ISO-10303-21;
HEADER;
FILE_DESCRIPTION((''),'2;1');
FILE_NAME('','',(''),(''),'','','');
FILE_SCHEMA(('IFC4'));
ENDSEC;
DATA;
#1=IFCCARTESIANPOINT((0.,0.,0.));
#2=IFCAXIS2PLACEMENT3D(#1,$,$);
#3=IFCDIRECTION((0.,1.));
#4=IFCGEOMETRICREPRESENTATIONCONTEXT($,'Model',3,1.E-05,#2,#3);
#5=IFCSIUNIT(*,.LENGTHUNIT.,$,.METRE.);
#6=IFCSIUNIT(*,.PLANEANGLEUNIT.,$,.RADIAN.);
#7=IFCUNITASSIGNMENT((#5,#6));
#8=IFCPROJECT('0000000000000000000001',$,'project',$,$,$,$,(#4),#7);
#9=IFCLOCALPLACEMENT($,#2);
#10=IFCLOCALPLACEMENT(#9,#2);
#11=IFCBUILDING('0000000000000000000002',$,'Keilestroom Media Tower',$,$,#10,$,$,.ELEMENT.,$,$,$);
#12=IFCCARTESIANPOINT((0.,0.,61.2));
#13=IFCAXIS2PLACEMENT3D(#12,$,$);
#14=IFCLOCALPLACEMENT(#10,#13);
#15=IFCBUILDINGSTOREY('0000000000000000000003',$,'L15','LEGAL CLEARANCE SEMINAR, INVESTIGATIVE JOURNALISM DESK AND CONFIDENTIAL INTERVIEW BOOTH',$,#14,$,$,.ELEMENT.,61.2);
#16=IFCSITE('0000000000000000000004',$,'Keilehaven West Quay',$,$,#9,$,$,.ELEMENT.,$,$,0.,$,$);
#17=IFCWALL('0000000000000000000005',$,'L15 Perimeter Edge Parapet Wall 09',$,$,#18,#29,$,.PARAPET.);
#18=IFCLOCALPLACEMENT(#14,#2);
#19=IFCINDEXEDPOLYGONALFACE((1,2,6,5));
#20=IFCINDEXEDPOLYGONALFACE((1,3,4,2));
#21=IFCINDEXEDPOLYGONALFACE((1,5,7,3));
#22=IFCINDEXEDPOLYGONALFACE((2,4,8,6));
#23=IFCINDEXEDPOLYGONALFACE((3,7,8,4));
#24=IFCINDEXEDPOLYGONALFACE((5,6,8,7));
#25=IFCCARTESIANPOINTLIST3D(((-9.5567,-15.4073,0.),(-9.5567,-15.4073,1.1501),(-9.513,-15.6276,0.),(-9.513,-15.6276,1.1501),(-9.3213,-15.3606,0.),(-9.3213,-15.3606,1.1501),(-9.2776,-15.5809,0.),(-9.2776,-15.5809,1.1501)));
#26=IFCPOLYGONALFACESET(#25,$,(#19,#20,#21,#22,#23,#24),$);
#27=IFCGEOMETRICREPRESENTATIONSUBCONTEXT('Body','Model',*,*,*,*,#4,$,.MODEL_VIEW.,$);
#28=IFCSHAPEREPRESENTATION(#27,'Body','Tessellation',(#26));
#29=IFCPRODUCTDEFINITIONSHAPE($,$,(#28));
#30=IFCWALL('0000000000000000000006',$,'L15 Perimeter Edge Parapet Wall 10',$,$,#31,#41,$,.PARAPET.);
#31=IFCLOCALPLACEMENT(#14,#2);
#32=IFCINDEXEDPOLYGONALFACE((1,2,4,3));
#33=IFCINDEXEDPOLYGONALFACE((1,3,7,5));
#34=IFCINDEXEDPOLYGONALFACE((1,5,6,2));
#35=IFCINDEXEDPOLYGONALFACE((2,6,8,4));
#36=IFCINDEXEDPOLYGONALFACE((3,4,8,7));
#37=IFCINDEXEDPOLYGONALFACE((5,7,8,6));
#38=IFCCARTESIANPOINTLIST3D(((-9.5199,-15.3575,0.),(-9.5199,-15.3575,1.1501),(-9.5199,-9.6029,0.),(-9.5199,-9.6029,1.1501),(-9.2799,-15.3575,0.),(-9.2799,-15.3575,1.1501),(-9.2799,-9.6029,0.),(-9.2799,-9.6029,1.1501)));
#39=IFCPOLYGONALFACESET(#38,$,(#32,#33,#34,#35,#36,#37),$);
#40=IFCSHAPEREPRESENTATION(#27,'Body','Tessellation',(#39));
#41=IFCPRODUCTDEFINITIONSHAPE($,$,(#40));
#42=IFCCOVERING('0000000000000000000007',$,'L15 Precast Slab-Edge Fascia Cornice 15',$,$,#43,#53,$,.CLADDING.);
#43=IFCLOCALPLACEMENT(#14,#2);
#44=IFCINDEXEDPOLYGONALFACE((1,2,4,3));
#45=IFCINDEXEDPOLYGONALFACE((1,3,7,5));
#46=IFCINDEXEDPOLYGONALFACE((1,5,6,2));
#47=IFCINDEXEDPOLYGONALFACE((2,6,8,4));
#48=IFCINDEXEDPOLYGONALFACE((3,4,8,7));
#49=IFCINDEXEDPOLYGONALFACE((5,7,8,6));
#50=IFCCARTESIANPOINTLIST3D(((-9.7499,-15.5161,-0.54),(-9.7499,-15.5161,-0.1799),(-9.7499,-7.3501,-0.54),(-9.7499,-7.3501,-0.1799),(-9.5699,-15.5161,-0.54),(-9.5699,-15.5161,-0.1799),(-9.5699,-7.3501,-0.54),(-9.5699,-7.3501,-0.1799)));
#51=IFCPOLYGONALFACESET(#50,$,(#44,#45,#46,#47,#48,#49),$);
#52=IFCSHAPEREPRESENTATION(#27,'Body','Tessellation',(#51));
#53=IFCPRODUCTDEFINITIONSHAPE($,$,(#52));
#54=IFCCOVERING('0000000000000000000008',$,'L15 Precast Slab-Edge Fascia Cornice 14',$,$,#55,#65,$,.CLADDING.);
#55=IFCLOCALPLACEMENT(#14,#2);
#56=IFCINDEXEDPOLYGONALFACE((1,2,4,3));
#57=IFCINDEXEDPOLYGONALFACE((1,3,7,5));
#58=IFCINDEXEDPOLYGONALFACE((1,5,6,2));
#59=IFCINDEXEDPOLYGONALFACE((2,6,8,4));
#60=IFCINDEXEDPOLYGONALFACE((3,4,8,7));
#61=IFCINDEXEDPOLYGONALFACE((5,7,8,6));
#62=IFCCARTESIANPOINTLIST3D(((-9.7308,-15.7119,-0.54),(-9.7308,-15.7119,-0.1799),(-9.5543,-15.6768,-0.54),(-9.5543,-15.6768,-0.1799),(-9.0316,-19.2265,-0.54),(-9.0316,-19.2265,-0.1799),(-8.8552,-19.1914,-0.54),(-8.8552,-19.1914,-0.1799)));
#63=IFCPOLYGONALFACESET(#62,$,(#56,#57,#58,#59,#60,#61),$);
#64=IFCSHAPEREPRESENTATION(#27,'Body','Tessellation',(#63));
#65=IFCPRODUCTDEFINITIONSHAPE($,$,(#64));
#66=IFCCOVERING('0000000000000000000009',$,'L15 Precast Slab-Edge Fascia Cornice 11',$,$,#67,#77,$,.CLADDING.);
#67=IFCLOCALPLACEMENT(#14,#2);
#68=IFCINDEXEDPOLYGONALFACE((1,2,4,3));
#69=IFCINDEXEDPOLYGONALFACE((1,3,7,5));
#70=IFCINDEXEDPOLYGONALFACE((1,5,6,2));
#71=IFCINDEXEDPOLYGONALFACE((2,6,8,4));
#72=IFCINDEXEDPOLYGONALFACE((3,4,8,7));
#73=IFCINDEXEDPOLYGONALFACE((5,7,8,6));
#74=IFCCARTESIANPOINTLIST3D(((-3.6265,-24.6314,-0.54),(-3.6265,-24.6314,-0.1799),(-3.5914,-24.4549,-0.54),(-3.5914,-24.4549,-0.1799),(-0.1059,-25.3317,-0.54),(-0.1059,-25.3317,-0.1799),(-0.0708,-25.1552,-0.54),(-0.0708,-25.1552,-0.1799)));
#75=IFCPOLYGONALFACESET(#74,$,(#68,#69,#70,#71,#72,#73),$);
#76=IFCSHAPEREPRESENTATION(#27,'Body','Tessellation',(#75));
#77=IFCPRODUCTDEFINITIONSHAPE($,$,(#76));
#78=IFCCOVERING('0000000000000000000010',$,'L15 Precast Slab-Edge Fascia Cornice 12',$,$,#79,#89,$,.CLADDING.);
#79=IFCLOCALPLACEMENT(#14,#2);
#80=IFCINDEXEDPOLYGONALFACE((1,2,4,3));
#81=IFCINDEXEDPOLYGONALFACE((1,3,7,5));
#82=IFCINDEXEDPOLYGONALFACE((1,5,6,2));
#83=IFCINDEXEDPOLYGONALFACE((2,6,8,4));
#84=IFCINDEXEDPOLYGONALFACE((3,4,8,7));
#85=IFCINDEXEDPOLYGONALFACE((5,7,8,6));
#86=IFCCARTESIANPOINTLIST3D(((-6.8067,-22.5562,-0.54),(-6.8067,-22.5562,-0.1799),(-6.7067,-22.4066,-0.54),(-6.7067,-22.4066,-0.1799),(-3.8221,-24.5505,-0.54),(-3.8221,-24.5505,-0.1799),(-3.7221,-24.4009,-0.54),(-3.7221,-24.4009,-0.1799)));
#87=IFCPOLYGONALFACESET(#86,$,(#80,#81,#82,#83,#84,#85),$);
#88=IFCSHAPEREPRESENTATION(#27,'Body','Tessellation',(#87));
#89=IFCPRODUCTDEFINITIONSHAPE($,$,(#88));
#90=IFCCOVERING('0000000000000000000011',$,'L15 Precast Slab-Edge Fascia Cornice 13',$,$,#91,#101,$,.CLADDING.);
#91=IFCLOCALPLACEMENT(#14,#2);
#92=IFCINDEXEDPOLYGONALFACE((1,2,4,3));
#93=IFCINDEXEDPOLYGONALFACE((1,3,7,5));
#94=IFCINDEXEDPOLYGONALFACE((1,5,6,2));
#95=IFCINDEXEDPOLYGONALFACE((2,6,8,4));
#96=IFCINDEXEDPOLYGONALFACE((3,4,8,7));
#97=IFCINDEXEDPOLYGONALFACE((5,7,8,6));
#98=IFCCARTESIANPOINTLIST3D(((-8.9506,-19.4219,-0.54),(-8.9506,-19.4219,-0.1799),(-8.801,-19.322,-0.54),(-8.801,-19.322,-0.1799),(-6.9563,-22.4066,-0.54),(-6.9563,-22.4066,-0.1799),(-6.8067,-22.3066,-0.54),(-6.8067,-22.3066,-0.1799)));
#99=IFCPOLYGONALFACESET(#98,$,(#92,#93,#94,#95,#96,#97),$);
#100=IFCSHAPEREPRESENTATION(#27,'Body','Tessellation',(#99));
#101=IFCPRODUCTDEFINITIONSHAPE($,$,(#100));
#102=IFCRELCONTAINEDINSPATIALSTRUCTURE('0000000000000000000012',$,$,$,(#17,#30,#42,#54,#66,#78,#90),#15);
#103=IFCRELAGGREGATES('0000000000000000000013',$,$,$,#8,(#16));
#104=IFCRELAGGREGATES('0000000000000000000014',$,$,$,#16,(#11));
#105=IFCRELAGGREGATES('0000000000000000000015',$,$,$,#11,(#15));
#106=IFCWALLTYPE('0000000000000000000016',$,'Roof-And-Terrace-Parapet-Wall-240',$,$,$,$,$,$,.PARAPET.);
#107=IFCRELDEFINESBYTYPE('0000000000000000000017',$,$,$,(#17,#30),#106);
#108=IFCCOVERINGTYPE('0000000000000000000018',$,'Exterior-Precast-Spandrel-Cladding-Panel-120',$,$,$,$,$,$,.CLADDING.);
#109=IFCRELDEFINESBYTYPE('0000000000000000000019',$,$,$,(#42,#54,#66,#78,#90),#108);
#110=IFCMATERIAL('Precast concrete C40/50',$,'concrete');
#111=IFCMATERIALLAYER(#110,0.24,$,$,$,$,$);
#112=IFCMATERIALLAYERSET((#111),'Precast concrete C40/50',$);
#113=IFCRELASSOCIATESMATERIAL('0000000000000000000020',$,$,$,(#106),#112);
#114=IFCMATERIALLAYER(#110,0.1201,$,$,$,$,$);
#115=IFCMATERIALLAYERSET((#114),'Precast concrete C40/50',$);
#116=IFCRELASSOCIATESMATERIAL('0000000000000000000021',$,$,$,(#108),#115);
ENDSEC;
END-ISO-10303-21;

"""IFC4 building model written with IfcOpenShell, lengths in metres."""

from ifc_helpers import new_model, si_unit, direction, frame, frame_2d, origin, origin_2d, place, context, subcontext, project, spatial, rectangle, extrude, source, transform, mapped, material, layer, layer_set, type_object, element, save


model = new_model("IFC4")

# Units and contexts
model_context = context("Model", 3, precision=1e-05, world=origin(), true_north=direction((0.0, 1.0)))
body_context = subcontext(model_context, "Body", "Model", "MODEL_VIEW")
ifc_project = project(units=[si_unit("LENGTHUNIT", "METRE"), si_unit("PLANEANGLEUNIT", "RADIAN")], contexts=[model_context])

# Site, building, storey
site_placement = place(None, origin())
site = spatial("IfcSite", under=ifc_project, at=site_placement, Name="Keilehaven West Quay", CompositionType="ELEMENT", RefElevation=0.0)
building_placement = place(site_placement, origin())
building = spatial("IfcBuilding", under=site, at=building_placement, Name="Keilestroom Media Tower", CompositionType="ELEMENT")
storey_placement = place(building_placement, frame((0.0, 0.0, 61.2)))
storey = spatial("IfcBuildingStorey", under=building, at=storey_placement, Name="L15", Description="LEGAL CLEARANCE SEMINAR, INVESTIGATIVE JOURNALISM DESK AND CONFIDENTIAL INTERVIEW BOOTH", CompositionType="ELEMENT", Elevation=61.2)

# Walls
ifc_material_1 = material(Name="Precast concrete C40/50", Category="concrete")
ifc_layer_1 = layer(ifc_material_1, 0.24)
ifc_layer_set_1 = layer_set([ifc_layer_1], Name="Precast concrete C40/50")
wall_type_1 = type_object("IfcWallType", Name="Roof-And-Terrace-Parapet-Wall-240", PredefinedType="PARAPET", material=ifc_layer_set_1)
wall_1_placement = place(storey_placement, frame((-9.3953, -15.6042, 0.0), z_axis=(0.0, 0.0, 1.0), x_axis=(-0.194652, 0.980872, 0.0)))
element("IfcWall", 1, at=wall_1_placement, inside=storey, type_object=wall_type_1, Name="L15 Perimeter Edge Parapet Wall 09", PredefinedType="PARAPET", context=body_context, shape_type="SweptSolid", body=[
    extrude(rectangle(XDim=0.2246, YDim=0.24, at=frame_2d((0.1123, 0.0))), origin(), (0.0, 0.0, 1.0), 1.1501),
])
wall_2_placement = place(storey_placement, frame((-9.3999, -15.3577, 0.0), z_axis=(0.0, 0.0, 1.0), x_axis=(0.0, 1.0, 0.0)))
element("IfcWall", 2, at=wall_2_placement, inside=storey, type_object=wall_type_1, Name="L15 Perimeter Edge Parapet Wall 10", PredefinedType="PARAPET", context=body_context, shape_type="SweptSolid", body=[
    extrude(rectangle(XDim=5.7546, YDim=0.24, at=frame_2d((2.8774, 0.0))), origin(), (0.0, 0.0, 1.0), 1.1501),
])

# Coverings
ifc_layer_2 = layer(ifc_material_1, 0.1201)
ifc_layer_set_2 = layer_set([ifc_layer_2], Name="Precast concrete C40/50")
covering_type = type_object("IfcCoveringType", Name="Exterior-Precast-Spandrel-Cladding-Panel-120", PredefinedType="CLADDING", material=ifc_layer_set_2)
shared_shape_1 = source(origin(), body_context, "Body", "SweptSolid", [
    extrude(rectangle(XDim=8.166, YDim=0.1799, at=origin_2d()), origin(), (0.0, 0.0, 1.0), 0.3601),
])
covering_1_placement = place(storey_placement, frame((-9.6599, -11.4331, -0.54), z_axis=(0.0, 0.0, 1.0), x_axis=(0.0, 1.0, 0.0)))
element("IfcCovering", 3, at=covering_1_placement, inside=storey, type_object=covering_type, Name="L15 Precast Slab-Edge Fascia Cornice 15", PredefinedType="CLADDING", context=body_context, shape_type="MappedRepresentation", body=[
    mapped(shared_shape_1, transform((0.0, 0.0, 0.0), x_axis=(1.0, 0.0, 0.0), y_axis=(0.0, 1.0, 0.0), z_axis=(0.0, 0.0, 1.0), scale=1.0)),
])
shared_shape_2 = source(origin(), body_context, "Body", "SweptSolid", [
    extrude(rectangle(XDim=3.5835, YDim=0.1799, at=origin_2d()), origin(), (0.0, 0.0, 1.0), 0.3601),
])
covering_2_placement = place(storey_placement, frame((-9.293, -17.4517, -0.54), z_axis=(0.0, 0.0, 1.0), x_axis=(-0.195099, 0.980784, 0.0)))
element("IfcCovering", 4, at=covering_2_placement, inside=storey, type_object=covering_type, Name="L15 Precast Slab-Edge Fascia Cornice 14", PredefinedType="CLADDING", context=body_context, shape_type="MappedRepresentation", body=[
    mapped(shared_shape_2, transform((0.0, 0.0, 0.0), x_axis=(1.0, 0.0, 0.0), y_axis=(0.0, 1.0, 0.0), z_axis=(0.0, 0.0, 1.0), scale=1.0)),
])
shared_shape_3 = source(origin(), body_context, "Body", "SweptSolid", [
    extrude(rectangle(XDim=3.5896, YDim=0.1799, at=origin_2d()), origin(), (0.0, 0.0, 1.0), 0.3601),
])
for number, where, z_axis, x_axis, name in (
    (5, (-1.8486, -24.8933, -0.54), (0.0, 0.0, 1.0), (-0.980784, 0.195099, 0.0), "L15 Precast Slab-Edge Fascia Cornice 11"),
    (6, (-5.2644, -23.4785, -0.54), (0.0, 0.0, 1.0), (-0.831467, 0.555575, 0.0), "L15 Precast Slab-Edge Fascia Cornice 12"),
    (7, (-7.8787, -20.8643, -0.54), (0.0, 0.0, 1.0), (-0.555575, 0.831467, 0.0), "L15 Precast Slab-Edge Fascia Cornice 13"),
):
    element("IfcCovering", number, at=place(storey_placement, frame(where, z_axis=z_axis, x_axis=x_axis)), inside=storey, type_object=covering_type, Name=name, PredefinedType="CLADDING", context=body_context, shape_type="MappedRepresentation", body=[
        mapped(shared_shape_3, transform((0.0, 0.0, 0.0), x_axis=(1.0, 0.0, 0.0), y_axis=(0.0, 1.0, 0.0), z_axis=(0.0, 0.0, 1.0), scale=1.0)),
    ])

save(model, "model.ifc")
